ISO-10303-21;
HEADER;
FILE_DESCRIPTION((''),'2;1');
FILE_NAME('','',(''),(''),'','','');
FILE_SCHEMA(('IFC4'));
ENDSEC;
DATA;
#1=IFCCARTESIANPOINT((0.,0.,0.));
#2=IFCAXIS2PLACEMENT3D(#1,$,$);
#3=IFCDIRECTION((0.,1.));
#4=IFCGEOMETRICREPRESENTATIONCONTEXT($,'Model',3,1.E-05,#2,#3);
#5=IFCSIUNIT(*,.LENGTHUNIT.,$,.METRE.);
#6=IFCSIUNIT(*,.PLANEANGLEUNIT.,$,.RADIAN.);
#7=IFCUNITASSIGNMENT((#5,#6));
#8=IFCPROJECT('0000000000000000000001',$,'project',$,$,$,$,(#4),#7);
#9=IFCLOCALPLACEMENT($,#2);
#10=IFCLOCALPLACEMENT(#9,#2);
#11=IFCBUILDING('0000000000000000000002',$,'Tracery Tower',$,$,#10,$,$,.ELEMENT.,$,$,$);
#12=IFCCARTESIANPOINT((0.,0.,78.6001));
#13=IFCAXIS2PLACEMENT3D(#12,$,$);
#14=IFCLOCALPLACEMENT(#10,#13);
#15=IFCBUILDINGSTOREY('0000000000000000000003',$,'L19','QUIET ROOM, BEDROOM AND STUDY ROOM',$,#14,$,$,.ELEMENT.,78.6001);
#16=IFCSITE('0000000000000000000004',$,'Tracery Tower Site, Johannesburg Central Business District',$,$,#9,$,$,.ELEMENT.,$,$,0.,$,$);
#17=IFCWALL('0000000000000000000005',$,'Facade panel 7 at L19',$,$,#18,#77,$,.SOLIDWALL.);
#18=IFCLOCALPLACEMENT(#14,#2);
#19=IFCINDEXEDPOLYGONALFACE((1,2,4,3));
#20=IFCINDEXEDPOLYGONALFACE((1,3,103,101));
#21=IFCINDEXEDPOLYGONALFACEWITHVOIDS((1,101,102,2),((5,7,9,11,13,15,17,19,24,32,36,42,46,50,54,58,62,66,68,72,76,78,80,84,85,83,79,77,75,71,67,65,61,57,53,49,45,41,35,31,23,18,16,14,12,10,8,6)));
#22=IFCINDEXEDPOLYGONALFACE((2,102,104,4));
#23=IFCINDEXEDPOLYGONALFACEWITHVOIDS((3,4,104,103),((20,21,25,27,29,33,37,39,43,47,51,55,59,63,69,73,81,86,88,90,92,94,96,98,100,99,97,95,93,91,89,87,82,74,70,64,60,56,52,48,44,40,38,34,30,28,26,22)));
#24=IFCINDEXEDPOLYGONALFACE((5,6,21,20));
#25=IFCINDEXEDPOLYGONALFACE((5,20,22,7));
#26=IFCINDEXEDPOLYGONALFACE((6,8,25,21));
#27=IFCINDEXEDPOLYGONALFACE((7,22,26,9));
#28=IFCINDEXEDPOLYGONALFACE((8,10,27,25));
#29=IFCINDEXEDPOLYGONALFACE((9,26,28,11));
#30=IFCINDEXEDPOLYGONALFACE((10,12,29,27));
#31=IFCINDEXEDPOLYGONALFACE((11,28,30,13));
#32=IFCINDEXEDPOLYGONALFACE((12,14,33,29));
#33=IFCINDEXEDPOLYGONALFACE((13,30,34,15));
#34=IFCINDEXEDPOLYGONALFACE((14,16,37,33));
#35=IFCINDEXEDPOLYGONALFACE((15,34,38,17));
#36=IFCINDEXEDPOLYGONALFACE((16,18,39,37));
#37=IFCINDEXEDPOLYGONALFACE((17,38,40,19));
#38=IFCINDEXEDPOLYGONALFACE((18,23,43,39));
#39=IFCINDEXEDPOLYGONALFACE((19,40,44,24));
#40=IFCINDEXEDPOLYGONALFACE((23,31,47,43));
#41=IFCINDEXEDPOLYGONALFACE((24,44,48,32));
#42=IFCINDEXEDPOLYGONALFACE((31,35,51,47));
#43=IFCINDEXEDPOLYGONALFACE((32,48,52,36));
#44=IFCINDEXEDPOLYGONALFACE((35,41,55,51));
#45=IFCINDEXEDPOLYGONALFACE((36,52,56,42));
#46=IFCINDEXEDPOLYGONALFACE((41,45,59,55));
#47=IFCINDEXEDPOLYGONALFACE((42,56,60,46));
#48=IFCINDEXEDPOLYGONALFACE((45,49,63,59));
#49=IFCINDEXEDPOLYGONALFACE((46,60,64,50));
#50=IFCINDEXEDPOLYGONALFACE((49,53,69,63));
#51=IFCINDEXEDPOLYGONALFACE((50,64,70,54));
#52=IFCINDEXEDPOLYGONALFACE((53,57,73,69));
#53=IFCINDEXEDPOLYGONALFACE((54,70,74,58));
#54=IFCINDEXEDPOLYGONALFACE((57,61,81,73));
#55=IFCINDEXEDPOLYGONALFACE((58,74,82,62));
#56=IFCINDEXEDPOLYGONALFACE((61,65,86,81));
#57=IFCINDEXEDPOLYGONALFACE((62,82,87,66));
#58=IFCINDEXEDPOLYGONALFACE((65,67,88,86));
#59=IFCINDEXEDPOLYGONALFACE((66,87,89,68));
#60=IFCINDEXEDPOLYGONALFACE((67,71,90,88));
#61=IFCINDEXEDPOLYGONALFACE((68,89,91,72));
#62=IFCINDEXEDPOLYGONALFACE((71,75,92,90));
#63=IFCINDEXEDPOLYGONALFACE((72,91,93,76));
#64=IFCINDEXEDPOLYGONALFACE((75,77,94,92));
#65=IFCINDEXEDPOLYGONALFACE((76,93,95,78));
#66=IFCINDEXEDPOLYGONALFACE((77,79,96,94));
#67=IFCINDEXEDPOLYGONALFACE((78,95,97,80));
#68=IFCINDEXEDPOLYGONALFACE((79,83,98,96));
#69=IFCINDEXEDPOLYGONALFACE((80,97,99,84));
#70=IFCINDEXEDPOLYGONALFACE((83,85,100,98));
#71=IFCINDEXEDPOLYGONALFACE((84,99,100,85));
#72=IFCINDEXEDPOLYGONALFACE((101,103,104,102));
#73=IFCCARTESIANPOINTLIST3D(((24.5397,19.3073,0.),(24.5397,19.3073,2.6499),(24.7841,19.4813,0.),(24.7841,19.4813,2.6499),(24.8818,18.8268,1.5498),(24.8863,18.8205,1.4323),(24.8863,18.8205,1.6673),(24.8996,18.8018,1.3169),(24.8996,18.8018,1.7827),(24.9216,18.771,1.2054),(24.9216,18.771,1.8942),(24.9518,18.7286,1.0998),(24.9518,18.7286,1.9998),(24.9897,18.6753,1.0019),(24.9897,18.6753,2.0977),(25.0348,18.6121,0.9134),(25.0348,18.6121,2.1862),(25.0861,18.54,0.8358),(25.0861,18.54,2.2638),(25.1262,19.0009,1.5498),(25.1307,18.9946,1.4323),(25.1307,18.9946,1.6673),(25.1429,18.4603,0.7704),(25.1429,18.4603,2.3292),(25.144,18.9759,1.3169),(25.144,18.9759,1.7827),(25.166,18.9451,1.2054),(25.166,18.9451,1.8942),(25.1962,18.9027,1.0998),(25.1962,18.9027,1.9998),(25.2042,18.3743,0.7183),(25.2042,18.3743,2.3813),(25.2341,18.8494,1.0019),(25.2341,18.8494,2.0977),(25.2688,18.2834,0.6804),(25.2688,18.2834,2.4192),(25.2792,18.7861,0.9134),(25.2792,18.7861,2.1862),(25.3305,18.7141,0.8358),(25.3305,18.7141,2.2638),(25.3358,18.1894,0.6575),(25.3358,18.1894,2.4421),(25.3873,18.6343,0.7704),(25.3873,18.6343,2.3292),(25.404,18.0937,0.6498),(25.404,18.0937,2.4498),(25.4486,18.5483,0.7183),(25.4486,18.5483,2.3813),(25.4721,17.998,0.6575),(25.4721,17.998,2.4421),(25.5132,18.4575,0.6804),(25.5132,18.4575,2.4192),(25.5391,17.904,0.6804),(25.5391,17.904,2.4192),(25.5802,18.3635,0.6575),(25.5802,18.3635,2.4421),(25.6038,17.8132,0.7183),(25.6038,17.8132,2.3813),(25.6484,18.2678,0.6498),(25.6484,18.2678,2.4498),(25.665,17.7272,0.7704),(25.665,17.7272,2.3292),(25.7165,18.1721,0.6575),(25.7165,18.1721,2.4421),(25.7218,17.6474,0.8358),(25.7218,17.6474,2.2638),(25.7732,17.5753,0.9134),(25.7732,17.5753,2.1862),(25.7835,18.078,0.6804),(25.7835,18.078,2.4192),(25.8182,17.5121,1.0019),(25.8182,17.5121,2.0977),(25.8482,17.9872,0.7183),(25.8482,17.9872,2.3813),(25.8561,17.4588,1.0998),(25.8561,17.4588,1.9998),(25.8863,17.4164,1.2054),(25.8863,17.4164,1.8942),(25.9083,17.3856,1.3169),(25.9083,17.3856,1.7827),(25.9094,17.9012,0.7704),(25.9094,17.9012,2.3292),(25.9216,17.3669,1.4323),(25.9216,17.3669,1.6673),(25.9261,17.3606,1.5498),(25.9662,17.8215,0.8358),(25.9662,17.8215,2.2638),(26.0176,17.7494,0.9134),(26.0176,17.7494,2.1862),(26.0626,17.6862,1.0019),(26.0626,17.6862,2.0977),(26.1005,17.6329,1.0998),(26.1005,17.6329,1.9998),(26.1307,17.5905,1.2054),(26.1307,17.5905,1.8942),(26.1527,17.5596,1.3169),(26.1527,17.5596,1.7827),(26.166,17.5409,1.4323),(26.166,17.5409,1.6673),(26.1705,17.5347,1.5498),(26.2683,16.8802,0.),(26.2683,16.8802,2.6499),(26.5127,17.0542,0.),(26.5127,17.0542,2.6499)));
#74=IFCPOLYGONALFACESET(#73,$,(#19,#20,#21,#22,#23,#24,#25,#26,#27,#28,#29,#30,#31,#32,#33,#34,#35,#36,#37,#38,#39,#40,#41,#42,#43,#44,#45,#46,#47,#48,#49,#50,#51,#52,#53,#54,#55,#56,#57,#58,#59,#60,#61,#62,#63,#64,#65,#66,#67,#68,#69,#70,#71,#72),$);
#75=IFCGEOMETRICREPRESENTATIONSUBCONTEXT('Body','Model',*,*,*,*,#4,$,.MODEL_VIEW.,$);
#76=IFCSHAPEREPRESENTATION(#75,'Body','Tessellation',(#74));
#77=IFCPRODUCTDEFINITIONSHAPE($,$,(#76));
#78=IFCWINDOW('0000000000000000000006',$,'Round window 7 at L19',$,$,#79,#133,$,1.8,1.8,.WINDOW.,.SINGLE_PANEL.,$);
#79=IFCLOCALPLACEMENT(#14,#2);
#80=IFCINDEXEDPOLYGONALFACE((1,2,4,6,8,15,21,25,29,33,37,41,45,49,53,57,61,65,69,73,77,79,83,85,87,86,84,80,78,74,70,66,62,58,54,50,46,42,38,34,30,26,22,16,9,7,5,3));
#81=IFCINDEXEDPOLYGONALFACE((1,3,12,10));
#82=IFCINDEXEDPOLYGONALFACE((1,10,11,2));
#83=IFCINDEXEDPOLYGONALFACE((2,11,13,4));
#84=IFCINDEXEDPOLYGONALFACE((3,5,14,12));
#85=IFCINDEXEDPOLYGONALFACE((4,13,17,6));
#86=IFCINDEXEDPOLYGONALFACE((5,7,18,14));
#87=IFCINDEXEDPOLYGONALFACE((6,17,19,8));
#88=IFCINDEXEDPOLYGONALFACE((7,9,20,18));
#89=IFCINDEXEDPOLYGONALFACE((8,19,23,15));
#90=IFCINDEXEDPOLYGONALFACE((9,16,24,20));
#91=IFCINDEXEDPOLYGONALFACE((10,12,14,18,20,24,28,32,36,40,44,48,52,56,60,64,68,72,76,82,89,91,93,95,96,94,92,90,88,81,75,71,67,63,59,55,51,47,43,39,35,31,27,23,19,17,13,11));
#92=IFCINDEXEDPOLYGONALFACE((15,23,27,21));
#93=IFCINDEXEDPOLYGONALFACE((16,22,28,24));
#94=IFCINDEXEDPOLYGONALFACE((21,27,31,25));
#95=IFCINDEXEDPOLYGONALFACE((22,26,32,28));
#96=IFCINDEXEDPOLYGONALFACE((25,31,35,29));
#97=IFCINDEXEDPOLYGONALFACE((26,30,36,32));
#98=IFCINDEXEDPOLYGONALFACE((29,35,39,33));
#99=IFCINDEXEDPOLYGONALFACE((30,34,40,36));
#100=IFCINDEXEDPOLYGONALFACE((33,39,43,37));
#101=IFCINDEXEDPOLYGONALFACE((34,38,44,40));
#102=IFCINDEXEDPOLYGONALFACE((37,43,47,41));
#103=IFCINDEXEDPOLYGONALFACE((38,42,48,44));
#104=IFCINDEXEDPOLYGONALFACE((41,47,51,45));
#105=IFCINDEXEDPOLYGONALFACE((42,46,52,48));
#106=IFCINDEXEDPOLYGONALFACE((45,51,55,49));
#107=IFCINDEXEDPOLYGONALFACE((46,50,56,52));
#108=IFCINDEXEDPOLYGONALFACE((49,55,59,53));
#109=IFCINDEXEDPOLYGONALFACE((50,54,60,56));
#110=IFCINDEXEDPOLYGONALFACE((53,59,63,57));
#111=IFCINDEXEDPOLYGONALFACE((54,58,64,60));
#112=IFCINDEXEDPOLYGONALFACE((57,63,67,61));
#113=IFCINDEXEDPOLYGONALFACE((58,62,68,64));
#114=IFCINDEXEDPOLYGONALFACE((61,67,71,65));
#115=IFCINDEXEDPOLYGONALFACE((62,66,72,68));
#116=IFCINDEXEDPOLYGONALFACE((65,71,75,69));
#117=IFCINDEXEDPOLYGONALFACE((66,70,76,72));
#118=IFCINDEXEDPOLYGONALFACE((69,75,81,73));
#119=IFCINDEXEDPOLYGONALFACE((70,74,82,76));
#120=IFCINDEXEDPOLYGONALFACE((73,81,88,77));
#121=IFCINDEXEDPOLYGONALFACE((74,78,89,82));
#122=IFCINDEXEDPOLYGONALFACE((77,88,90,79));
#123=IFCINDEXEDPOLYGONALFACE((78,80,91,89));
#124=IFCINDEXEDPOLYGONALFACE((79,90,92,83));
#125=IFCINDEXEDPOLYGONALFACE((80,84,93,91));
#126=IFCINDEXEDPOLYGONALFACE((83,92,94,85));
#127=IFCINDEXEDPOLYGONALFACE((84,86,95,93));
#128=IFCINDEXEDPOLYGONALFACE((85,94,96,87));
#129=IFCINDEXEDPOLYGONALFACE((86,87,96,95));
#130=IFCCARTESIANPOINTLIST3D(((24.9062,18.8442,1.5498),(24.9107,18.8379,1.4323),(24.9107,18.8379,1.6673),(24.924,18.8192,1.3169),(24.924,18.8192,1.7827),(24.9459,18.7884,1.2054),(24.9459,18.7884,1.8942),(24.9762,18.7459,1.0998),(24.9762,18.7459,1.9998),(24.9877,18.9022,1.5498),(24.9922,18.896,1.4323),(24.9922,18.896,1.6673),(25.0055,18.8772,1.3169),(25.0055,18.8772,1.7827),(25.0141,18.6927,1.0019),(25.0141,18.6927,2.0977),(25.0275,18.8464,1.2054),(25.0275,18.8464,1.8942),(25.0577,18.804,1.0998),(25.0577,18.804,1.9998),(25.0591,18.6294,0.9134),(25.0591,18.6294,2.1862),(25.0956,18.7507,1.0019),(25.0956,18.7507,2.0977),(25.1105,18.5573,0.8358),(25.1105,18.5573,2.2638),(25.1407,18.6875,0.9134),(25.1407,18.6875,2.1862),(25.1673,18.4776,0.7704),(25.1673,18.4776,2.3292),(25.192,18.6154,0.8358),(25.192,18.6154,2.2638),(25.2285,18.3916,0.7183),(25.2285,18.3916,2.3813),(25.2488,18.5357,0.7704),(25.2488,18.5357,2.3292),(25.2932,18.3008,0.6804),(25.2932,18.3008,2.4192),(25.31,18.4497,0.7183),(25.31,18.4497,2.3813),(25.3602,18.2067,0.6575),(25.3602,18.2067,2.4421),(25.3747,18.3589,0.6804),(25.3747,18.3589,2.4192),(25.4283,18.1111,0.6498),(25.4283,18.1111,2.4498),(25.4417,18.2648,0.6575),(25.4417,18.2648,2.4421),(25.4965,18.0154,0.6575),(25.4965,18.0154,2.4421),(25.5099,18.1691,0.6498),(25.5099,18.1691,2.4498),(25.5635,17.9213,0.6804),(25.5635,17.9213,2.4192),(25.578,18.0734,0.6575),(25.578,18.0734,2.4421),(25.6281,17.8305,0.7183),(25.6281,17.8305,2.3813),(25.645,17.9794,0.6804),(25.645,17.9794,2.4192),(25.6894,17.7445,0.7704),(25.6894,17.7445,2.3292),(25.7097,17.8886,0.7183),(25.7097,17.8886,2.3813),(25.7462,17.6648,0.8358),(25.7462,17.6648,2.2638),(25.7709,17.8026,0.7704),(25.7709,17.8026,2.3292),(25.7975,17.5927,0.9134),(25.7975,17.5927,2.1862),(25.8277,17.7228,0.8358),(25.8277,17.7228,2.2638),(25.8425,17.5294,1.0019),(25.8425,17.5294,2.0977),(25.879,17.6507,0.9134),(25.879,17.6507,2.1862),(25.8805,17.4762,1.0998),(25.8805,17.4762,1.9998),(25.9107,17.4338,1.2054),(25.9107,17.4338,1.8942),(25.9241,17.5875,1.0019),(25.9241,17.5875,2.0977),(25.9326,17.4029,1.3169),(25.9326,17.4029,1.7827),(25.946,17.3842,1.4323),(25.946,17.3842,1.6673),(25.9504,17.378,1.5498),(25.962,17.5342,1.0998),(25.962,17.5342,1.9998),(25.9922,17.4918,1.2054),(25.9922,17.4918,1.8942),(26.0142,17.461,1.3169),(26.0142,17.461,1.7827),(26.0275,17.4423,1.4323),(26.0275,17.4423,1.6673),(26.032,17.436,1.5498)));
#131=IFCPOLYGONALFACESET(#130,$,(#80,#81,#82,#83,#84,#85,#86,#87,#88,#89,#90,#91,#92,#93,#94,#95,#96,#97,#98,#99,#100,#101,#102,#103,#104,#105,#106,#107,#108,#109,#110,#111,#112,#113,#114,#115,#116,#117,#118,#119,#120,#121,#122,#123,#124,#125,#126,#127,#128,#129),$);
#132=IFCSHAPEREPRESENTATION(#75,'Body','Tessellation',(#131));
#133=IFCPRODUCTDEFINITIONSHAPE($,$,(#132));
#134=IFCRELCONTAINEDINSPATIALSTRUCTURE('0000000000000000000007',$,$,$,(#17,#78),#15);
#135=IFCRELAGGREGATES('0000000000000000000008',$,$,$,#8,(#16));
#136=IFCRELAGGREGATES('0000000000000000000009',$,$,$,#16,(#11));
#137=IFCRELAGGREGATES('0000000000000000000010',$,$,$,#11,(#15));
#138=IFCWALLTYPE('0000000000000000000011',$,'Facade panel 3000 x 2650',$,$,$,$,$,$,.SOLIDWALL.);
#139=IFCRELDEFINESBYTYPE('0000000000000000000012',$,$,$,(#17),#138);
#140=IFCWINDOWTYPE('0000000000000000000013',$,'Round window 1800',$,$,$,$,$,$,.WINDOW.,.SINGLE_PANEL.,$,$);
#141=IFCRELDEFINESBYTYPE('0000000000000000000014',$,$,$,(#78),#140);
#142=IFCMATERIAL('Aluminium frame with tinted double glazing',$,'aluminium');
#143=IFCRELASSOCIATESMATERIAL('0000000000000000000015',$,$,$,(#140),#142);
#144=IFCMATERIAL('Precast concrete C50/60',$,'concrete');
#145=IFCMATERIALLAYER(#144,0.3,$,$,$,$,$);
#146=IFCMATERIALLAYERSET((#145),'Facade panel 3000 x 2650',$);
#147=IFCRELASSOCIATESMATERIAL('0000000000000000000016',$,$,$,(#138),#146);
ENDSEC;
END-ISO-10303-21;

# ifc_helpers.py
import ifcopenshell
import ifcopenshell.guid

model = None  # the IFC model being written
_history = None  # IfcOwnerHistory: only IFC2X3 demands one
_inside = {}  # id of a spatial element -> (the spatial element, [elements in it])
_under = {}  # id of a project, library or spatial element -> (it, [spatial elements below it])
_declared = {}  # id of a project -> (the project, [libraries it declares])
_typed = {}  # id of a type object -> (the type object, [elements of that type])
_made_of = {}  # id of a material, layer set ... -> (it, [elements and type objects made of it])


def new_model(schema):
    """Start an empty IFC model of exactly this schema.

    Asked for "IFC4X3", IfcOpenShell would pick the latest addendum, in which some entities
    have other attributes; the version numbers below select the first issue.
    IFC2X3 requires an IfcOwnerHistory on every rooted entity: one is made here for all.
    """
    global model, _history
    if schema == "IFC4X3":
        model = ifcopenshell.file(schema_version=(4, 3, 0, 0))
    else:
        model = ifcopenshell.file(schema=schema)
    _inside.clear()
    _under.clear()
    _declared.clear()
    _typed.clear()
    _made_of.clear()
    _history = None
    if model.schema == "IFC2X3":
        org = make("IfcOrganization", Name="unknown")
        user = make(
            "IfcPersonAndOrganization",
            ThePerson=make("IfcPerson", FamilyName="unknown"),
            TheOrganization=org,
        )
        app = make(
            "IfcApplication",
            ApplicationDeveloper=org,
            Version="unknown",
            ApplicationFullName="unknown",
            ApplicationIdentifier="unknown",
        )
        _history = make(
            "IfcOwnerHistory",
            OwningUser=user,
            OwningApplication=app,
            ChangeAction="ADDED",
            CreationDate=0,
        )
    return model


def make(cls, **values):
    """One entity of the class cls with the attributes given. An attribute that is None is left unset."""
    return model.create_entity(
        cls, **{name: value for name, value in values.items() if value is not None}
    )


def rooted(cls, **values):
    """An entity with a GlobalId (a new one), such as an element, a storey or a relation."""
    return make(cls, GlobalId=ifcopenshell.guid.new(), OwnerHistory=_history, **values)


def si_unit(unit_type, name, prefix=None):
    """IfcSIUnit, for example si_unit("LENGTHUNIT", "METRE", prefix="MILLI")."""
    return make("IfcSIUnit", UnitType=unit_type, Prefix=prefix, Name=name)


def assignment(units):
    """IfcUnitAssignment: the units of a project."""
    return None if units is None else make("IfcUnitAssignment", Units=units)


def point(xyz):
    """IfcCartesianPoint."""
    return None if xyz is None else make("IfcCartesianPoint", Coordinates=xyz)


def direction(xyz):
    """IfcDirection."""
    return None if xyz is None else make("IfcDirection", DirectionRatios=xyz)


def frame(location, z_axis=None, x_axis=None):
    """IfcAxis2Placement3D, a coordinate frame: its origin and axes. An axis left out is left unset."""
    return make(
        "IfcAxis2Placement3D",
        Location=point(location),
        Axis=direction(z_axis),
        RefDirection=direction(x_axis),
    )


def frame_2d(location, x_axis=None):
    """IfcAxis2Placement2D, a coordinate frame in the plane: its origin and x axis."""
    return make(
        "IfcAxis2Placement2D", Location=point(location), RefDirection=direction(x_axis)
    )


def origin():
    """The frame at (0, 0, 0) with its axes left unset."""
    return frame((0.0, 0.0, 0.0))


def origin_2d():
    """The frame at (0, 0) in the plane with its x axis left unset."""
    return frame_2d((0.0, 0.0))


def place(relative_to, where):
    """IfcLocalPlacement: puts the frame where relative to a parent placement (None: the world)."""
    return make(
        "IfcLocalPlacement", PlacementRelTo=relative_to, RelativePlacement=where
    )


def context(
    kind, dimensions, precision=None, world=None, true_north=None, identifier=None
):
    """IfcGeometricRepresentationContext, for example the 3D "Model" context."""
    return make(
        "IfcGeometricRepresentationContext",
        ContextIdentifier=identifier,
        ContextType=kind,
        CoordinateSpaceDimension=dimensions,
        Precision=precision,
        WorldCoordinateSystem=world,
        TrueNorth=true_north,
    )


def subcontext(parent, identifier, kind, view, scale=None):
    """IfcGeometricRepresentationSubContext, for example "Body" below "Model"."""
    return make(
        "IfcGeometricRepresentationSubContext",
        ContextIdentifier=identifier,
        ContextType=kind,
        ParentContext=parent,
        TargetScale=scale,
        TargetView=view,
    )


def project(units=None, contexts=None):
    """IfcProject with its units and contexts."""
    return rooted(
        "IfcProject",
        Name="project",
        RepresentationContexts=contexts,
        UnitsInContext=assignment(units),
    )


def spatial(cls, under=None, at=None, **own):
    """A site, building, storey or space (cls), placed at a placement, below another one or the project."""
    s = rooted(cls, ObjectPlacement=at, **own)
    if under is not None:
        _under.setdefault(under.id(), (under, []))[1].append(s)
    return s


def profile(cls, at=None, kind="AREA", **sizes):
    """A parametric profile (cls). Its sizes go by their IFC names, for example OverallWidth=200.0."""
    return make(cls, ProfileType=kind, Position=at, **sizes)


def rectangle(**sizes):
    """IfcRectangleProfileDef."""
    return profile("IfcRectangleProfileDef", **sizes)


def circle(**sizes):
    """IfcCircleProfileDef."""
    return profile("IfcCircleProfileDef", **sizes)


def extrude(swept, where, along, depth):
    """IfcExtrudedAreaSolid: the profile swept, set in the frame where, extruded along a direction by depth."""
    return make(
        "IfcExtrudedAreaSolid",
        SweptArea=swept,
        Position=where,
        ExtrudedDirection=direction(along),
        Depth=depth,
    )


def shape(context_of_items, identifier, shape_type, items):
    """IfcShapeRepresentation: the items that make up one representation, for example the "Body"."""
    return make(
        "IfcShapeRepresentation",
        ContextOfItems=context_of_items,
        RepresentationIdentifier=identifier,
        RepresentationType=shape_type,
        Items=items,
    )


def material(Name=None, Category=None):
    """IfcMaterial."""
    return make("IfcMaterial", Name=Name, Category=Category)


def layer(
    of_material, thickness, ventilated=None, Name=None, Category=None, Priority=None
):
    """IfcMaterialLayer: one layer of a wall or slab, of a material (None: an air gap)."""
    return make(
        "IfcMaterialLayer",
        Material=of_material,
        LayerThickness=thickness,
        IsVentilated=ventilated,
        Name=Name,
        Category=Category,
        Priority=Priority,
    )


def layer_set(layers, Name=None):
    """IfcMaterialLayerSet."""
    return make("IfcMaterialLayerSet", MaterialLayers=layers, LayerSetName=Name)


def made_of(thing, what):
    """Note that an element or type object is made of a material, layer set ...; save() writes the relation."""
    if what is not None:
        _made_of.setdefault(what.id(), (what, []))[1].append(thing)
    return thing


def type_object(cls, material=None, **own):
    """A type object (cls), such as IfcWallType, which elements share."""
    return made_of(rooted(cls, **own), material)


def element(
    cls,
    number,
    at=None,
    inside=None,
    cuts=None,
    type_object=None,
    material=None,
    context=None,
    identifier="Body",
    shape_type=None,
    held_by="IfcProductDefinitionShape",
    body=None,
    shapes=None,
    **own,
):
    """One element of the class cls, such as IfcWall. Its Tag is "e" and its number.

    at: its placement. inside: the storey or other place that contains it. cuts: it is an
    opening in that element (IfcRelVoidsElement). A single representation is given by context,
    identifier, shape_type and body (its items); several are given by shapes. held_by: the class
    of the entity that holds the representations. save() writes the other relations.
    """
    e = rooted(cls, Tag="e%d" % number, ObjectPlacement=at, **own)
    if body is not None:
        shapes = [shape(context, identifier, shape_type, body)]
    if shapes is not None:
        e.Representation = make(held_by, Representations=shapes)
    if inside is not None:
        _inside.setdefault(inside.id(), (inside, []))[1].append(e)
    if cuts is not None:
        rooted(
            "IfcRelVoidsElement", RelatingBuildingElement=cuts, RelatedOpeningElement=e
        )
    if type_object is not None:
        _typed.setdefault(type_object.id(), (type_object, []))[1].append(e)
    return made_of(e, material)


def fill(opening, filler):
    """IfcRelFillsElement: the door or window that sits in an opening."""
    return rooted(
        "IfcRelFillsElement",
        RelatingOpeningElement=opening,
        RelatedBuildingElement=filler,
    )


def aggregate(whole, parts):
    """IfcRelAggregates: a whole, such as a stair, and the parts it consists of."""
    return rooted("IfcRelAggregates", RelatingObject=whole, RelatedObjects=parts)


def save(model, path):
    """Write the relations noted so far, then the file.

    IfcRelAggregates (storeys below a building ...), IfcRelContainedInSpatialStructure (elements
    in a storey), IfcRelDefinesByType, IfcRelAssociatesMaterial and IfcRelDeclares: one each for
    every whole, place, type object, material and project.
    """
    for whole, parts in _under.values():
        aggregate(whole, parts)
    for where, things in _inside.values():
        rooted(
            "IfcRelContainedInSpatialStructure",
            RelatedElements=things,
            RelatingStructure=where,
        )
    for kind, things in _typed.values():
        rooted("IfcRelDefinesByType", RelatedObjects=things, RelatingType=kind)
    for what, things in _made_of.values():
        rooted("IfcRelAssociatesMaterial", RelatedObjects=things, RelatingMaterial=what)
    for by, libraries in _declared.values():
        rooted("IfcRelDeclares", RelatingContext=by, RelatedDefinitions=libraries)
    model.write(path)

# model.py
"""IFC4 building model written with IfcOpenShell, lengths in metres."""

from ifc_helpers import new_model, si_unit, direction, frame, frame_2d, origin, origin_2d, place, context, subcontext, project, spatial, rectangle, circle, extrude, material, layer, layer_set, type_object, element, fill, save


model = new_model("IFC4")

# Units and contexts
model_context = context("Model", 3, precision=1e-05, world=origin(), true_north=direction((0.0, 1.0)))
body_context = subcontext(model_context, "Body", "Model", "MODEL_VIEW")
ifc_project = project(units=[si_unit("LENGTHUNIT", "METRE"), si_unit("PLANEANGLEUNIT", "RADIAN")], contexts=[model_context])

# Site, building, storey
site_placement = place(None, origin())
site = spatial("IfcSite", under=ifc_project, at=site_placement, Name="Tracery Tower Site, Johannesburg Central Business District", CompositionType="ELEMENT", RefElevation=0.0)
building_placement = place(site_placement, origin())
building = spatial("IfcBuilding", under=site, at=building_placement, Name="Tracery Tower", CompositionType="ELEMENT")
storey_placement = place(building_placement, frame((0.0, 0.0, 78.6001)))
storey = spatial("IfcBuildingStorey", under=building, at=storey_placement, Name="L19", Description="QUIET ROOM, BEDROOM AND STUDY ROOM", CompositionType="ELEMENT", Elevation=78.6001)

# Wall, opening, window
ifc_material_1 = material(Name="Aluminium frame with tinted double glazing", Category="aluminium")
window_type = type_object("IfcWindowType", Name="Round window 1800", PartitioningType="SINGLE_PANEL", PredefinedType="WINDOW", material=ifc_material_1)
ifc_material_2 = material(Name="Precast concrete C50/60", Category="concrete")
ifc_layer_1 = layer(ifc_material_2, 0.3)
ifc_layer_set_1 = layer_set([ifc_layer_1], Name="Facade panel 3000 x 2650")
wall_type_1 = type_object("IfcWallType", Name="Facade panel 3000 x 2650", PredefinedType="SOLIDWALL", material=ifc_layer_set_1)
wall_1_placement = place(storey_placement, frame((26.3904, 16.9673, 0.0), z_axis=(0.0, 0.0, 1.0), x_axis=(-0.580114, 0.814535, 0.0)))
wall_1 = element("IfcWall", 1, at=wall_1_placement, inside=storey, type_object=wall_type_1, Name="Facade panel 7 at L19", PredefinedType="SOLIDWALL", context=body_context, shape_type="SweptSolid", body=[
    extrude(rectangle(XDim=2.9797, YDim=0.3, at=frame_2d((1.4897, 0.0))), origin(), (0.0, 0.0, 1.0), 2.6499),
])
opening_1_placement = place(wall_1_placement, frame((1.4897, 0.0, 1.5498)))
opening_1 = element("IfcOpeningElement", 2, at=opening_1_placement, cuts=wall_1, PredefinedType="OPENING", context=body_context, shape_type="SweptSolid", body=[
    extrude(circle(Radius=0.9, at=origin_2d()), frame((0.0, 0.1599, 0.0), z_axis=(0.0, -1.0, 0.0), x_axis=(1.0, 0.0, 0.0)), (0.0, 0.0, 1.0), 0.3201),
])
window_1_placement = place(opening_1_placement, origin())
window_1 = element("IfcWindow", 3, at=window_1_placement, inside=storey, type_object=window_type, Name="Round window 7 at L19", OverallHeight=1.8, OverallWidth=1.8, PartitioningType="SINGLE_PANEL", PredefinedType="WINDOW", context=body_context, shape_type="SweptSolid", body=[
    extrude(circle(Radius=0.9, at=origin_2d()), frame((0.0, 0.1201, 0.0), z_axis=(0.0, -1.0, 0.0), x_axis=(1.0, 0.0, 0.0)), (0.0, 0.0, 1.0), 0.1001),
])
fill(opening_1, window_1)

save(model, "model.ifc")
